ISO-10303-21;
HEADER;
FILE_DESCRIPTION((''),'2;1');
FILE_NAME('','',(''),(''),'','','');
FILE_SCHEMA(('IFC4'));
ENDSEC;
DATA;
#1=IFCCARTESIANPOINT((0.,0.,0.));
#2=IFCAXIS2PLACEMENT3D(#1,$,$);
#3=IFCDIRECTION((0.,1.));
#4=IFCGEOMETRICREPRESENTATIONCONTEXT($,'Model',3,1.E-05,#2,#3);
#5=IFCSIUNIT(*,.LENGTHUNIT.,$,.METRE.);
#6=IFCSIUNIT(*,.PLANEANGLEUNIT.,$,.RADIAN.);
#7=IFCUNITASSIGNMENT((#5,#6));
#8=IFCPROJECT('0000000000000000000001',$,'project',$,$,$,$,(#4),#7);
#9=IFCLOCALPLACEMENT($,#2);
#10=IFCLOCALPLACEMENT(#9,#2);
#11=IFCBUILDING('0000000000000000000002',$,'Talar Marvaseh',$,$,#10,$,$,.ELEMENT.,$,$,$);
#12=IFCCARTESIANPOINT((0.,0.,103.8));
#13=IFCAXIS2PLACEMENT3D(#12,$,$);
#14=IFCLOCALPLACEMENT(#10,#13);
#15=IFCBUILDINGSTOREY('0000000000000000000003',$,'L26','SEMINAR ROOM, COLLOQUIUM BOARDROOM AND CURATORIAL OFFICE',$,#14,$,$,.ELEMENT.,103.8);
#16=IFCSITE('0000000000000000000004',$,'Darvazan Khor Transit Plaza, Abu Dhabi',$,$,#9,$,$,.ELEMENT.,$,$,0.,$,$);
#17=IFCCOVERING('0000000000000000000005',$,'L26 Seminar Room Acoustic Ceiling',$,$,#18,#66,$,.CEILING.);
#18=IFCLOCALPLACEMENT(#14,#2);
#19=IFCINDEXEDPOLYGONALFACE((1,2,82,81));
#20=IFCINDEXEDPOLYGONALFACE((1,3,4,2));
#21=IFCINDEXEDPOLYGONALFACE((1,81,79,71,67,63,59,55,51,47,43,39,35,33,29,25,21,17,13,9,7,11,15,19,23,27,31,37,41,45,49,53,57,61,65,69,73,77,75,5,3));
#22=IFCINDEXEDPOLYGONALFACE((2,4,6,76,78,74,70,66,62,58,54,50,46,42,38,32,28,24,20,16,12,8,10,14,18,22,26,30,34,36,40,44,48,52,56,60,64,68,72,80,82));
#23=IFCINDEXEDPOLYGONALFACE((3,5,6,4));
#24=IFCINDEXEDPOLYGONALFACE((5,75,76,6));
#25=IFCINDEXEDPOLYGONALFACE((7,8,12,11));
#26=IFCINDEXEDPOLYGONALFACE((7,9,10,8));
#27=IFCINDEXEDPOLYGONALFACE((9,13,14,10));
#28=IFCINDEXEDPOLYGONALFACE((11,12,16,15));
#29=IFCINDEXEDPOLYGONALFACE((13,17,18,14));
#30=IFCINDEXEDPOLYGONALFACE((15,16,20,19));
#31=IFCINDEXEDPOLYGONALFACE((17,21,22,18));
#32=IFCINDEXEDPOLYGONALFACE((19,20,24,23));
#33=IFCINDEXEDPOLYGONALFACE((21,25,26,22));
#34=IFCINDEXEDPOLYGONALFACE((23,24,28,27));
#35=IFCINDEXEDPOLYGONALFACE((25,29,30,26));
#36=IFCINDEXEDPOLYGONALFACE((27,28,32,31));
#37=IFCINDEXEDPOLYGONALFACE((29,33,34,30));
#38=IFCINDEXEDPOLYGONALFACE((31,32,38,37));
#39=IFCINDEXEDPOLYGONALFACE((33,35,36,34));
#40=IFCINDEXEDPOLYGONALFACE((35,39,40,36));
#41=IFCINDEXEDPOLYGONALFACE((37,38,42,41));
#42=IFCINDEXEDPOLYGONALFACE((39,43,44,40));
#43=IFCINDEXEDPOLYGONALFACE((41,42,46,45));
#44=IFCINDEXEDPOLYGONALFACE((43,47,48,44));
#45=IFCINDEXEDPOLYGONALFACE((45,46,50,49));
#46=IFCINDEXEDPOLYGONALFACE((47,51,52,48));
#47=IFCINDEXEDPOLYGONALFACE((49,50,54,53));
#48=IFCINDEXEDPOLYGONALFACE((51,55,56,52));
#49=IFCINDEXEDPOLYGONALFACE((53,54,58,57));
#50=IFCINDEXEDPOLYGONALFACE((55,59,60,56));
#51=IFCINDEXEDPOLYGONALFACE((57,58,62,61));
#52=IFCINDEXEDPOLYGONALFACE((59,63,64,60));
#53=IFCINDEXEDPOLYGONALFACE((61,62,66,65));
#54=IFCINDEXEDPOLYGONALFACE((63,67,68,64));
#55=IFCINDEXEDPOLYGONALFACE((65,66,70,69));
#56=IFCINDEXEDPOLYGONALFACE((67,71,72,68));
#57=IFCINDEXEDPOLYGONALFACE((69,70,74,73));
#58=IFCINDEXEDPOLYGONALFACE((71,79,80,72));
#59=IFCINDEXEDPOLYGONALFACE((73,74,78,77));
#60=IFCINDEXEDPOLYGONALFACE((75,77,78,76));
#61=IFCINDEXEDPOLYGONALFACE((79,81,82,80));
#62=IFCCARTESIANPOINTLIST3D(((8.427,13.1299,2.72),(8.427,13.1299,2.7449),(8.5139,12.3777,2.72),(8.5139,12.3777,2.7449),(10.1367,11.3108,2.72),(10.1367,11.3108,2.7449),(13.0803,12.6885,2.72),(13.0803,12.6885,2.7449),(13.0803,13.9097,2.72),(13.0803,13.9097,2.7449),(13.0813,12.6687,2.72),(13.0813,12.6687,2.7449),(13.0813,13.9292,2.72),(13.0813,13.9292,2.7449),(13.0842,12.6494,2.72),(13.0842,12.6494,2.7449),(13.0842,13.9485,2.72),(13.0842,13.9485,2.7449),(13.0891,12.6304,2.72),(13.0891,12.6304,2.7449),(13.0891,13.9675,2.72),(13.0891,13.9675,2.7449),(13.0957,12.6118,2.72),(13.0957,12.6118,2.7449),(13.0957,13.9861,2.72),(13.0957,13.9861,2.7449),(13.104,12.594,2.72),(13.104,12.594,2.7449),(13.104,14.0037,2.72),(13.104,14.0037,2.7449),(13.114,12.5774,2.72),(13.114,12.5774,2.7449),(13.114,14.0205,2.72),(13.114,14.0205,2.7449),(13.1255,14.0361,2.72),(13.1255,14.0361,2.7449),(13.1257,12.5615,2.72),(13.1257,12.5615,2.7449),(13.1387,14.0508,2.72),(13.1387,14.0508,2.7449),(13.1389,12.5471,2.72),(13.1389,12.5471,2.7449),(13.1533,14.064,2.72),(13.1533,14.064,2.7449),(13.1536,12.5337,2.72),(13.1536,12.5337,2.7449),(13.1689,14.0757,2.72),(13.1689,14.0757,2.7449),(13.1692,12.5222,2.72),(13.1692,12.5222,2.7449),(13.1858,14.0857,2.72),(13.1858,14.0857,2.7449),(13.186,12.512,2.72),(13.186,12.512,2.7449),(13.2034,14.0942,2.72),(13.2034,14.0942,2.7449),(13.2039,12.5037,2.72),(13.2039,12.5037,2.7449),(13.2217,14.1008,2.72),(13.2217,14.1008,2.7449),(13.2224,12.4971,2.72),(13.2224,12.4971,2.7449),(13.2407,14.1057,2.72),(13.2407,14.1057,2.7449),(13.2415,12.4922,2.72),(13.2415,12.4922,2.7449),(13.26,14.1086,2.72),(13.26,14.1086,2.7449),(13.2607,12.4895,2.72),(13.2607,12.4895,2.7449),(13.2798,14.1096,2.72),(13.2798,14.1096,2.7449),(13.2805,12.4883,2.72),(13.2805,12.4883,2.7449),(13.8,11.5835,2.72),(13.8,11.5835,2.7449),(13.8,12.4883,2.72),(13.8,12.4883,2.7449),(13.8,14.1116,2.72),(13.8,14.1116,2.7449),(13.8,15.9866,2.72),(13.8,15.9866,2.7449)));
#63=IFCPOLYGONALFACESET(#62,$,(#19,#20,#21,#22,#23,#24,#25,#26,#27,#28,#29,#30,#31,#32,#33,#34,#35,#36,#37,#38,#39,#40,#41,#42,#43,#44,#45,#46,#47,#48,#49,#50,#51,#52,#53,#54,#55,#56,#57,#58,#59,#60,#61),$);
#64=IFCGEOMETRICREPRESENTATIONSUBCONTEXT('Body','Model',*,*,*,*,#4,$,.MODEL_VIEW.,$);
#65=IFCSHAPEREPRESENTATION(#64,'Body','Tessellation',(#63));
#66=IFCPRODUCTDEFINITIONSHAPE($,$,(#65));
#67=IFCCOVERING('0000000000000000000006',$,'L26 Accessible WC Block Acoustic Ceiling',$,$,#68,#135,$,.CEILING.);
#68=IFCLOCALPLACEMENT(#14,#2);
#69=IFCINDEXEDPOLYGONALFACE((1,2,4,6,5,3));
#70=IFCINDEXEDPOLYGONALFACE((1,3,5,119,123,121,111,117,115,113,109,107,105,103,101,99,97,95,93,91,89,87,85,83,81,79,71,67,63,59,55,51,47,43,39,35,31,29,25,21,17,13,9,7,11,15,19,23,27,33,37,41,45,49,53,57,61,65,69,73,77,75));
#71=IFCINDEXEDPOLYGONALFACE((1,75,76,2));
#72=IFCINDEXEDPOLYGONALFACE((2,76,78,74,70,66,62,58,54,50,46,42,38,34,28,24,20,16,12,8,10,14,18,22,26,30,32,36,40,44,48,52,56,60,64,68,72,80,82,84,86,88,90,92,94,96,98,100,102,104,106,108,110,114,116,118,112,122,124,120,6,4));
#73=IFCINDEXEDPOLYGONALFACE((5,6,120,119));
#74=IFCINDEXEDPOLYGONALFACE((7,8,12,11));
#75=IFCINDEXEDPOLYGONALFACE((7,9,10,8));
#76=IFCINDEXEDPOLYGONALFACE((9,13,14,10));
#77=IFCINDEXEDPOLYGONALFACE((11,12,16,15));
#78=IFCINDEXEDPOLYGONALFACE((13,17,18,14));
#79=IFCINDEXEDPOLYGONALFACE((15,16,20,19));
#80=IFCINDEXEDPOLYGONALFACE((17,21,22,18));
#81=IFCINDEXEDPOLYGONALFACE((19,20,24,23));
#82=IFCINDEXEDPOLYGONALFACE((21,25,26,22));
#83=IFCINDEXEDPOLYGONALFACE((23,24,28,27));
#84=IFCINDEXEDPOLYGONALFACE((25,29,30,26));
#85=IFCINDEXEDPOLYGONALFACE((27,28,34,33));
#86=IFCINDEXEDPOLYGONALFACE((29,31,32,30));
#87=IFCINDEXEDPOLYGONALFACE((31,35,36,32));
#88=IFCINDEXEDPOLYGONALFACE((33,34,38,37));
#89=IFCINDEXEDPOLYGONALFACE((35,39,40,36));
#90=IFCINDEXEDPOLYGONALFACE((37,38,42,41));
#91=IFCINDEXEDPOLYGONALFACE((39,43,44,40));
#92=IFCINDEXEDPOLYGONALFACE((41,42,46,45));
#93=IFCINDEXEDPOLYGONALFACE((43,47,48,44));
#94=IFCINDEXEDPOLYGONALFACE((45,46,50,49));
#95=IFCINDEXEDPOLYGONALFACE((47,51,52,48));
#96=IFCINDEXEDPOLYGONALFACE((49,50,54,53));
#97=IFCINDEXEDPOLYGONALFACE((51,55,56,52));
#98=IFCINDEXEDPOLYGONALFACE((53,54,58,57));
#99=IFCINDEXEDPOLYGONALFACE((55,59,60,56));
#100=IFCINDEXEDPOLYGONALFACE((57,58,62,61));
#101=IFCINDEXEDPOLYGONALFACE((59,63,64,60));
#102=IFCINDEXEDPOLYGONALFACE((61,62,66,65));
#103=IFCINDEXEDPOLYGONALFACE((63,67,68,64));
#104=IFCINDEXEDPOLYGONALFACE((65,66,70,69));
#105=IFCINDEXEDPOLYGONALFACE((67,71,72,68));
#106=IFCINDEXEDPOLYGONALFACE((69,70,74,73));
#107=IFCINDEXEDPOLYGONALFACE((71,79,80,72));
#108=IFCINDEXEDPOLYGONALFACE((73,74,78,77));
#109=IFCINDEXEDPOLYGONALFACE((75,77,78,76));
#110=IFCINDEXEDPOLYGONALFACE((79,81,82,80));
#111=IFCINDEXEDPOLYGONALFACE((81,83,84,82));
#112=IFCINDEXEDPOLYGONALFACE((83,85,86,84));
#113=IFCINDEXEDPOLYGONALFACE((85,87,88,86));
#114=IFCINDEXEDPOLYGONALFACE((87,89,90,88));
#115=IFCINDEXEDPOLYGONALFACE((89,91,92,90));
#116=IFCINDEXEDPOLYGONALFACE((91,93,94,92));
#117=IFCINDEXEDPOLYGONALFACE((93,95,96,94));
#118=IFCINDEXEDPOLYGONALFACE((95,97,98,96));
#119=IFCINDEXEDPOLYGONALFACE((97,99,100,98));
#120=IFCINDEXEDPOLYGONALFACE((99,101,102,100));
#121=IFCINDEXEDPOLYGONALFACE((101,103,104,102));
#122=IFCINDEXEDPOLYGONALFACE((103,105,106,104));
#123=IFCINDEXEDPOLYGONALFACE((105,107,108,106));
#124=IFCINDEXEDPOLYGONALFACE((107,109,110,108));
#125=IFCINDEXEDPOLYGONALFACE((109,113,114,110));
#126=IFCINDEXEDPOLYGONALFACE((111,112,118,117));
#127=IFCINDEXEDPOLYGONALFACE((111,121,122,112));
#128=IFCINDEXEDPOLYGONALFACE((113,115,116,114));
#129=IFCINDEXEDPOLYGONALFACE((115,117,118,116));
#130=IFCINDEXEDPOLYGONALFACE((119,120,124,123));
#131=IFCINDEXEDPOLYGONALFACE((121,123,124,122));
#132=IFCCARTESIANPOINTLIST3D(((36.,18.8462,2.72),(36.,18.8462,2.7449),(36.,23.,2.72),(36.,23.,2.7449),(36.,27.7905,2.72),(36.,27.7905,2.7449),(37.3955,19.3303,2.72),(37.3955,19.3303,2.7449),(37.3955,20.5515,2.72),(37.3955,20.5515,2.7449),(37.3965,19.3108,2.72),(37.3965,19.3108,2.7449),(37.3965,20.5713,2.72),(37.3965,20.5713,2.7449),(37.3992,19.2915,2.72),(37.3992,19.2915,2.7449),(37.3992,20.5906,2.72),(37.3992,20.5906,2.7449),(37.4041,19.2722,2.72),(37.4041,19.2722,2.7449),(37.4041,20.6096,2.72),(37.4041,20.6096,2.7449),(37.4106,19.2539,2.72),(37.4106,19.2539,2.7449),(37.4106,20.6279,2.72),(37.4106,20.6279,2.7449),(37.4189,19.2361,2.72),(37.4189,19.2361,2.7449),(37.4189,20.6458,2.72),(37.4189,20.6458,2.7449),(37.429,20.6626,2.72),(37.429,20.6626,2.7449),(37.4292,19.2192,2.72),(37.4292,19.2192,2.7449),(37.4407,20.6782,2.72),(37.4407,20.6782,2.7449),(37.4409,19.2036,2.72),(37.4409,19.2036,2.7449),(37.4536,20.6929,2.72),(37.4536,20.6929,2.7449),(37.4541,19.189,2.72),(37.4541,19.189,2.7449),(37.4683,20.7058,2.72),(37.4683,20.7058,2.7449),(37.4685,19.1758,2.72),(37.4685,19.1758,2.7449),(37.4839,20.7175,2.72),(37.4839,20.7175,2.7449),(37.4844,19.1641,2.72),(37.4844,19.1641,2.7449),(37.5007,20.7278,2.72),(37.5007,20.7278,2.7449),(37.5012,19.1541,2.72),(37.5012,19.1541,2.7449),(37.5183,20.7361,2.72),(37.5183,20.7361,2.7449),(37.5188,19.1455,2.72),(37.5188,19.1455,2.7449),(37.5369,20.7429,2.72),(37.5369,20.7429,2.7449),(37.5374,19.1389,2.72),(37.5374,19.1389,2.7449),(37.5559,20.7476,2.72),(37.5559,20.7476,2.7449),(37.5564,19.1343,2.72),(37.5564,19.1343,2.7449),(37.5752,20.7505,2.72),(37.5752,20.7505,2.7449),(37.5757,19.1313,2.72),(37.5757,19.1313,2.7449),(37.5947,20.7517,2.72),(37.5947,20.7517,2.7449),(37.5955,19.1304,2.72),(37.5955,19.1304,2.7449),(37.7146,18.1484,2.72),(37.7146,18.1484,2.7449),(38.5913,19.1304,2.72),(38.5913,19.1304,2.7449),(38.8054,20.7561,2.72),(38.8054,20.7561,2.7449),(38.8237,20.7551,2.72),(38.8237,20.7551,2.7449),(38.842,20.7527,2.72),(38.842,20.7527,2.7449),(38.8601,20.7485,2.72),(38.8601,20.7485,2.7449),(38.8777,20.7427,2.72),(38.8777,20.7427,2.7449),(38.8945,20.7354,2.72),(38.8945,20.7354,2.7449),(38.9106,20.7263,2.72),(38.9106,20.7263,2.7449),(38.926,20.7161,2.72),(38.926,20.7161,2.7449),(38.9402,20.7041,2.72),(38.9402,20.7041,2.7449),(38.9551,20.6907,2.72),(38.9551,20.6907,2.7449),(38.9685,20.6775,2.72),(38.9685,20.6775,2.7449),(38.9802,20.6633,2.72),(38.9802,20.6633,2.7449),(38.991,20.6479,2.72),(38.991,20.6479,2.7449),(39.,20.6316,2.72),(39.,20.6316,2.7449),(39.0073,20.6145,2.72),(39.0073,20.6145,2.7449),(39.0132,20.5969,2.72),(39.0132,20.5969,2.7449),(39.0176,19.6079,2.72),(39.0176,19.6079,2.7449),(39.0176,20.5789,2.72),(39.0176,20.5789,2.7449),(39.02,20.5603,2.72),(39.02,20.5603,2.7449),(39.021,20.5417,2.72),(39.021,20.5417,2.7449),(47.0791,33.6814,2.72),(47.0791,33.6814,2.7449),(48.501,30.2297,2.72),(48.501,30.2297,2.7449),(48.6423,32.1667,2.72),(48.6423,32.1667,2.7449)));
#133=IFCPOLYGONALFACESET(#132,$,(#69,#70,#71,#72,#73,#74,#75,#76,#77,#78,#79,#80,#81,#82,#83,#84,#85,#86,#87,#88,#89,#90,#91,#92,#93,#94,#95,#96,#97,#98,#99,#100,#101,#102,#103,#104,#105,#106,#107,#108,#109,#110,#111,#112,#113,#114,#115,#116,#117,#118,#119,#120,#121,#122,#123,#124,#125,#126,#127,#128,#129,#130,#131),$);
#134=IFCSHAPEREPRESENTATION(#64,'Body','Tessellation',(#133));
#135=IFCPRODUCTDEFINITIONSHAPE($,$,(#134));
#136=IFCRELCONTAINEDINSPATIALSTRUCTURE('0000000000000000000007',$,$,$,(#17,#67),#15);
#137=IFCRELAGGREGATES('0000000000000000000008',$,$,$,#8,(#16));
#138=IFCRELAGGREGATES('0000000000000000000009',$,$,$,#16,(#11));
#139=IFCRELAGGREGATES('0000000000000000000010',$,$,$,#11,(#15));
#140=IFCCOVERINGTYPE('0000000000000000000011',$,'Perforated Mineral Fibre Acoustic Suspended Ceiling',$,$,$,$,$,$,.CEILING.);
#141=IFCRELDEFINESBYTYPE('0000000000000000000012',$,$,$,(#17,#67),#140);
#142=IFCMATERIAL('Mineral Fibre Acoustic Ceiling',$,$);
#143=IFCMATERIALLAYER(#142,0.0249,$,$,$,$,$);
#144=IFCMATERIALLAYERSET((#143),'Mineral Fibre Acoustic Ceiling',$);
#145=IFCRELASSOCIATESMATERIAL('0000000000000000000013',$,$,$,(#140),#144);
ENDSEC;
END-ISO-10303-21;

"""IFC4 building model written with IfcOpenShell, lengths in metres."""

from ifc_helpers import new_model, si_unit, direction, frame, origin, place, context, subcontext, project, spatial, polyline, outline, extrude, material, layer, layer_set, type_object, element, save


model = new_model("IFC4")

# Units and contexts
model_context = context("Model", 3, precision=1e-05, world=origin(), true_north=direction((0.0, 1.0)))
body_context = subcontext(model_context, "Body", "Model", "MODEL_VIEW")
ifc_project = project(units=[si_unit("LENGTHUNIT", "METRE"), si_unit("PLANEANGLEUNIT", "RADIAN")], contexts=[model_context])

# Site, building, storey
site_placement = place(None, origin())
site = spatial("IfcSite", under=ifc_project, at=site_placement, Name="Darvazan Khor Transit Plaza, Abu Dhabi", CompositionType="ELEMENT", RefElevation=0.0)
building_placement = place(site_placement, origin())
building = spatial("IfcBuilding", under=site, at=building_placement, Name="Talar Marvaseh", CompositionType="ELEMENT")
storey_placement = place(building_placement, frame((0.0, 0.0, 103.8)))
storey = spatial("IfcBuildingStorey", under=building, at=storey_placement, Name="L26", Description="SEMINAR ROOM, COLLOQUIUM BOARDROOM AND CURATORIAL OFFICE", CompositionType="ELEMENT", Elevation=103.8)

# Coverings
ifc_material_1 = material(Name="Mineral Fibre Acoustic Ceiling")
ifc_layer_1 = layer(ifc_material_1, 0.0249)
ifc_layer_set_1 = layer_set([ifc_layer_1], Name="Mineral Fibre Acoustic Ceiling")
covering_type_1 = type_object("IfcCoveringType", Name="Perforated Mineral Fibre Acoustic Suspended Ceiling", PredefinedType="CEILING", material=ifc_layer_set_1)
covering_1_placement = place(storey_placement, frame((0.0, 0.0, 2.72)))
element("IfcCovering", 1, at=covering_1_placement, inside=storey, type_object=covering_type_1, Name="L26 Seminar Room Acoustic Ceiling", PredefinedType="CEILING", context=body_context, shape_type="SweptSolid", body=[
    extrude(outline(polyline([(13.8, 15.9866), (13.8, 14.1116), (13.2798, 14.1096), (13.26, 14.1086), (13.2407, 14.1057), (13.2217, 14.1008), (13.2034, 14.0942), (13.1858, 14.0857), (13.1689, 14.0757), (13.1533, 14.064), (13.1387, 14.0508), (13.1255, 14.0361), (13.114, 14.0205), (13.104, 14.0037), (13.0957, 13.9861), (13.0891, 13.9675), (13.0842, 13.9485), (13.0813, 13.9292), (13.0803, 13.9097), (13.0803, 12.6885), (13.0813, 12.6687), (13.0842, 12.6494), (13.0891, 12.6304), (13.0957, 12.6118), (13.104, 12.594), (13.114, 12.5774), (13.1257, 12.5615), (13.1389, 12.5471), (13.1536, 12.5337), (13.1692, 12.5222), (13.186, 12.512), (13.2039, 12.5037), (13.2224, 12.4971), (13.2415, 12.4922), (13.2607, 12.4895), (13.2805, 12.4883), (13.8, 12.4883), (13.8, 11.5835), (10.1367, 11.3108), (8.5139, 12.3777), (8.427, 13.1299), (13.8, 15.9866)])), origin(), (0.0, 0.0, 1.0), 0.0249),
])
covering_2_placement = place(storey_placement, frame((0.0, 0.0, 2.72)))
element("IfcCovering", 2, at=covering_2_placement, inside=storey, type_object=covering_type_1, Name="L26 Accessible WC Block Acoustic Ceiling", PredefinedType="CEILING", context=body_context, shape_type="SweptSolid", body=[
    extrude(outline(polyline([(36.0, 18.8462), (36.0, 23.0), (36.0, 27.7905), (47.0791, 33.6814), (48.6423, 32.1667), (48.501, 30.2297), (39.0176, 19.6079), (39.021, 20.5417), (39.02, 20.5603), (39.0176, 20.5789), (39.0132, 20.5969), (39.0073, 20.6145), (39.0, 20.6316), (38.991, 20.6479), (38.9802, 20.6633), (38.9685, 20.6775), (38.9551, 20.6907), (38.9402, 20.7041), (38.926, 20.7161), (38.9106, 20.7263), (38.8945, 20.7354), (38.8777, 20.7427), (38.8601, 20.7485), (38.842, 20.7527), (38.8237, 20.7551), (38.8054, 20.7561), (37.5947, 20.7517), (37.5752, 20.7505), (37.5559, 20.7476), (37.5369, 20.7429), (37.5183, 20.7361), (37.5007, 20.7278), (37.4839, 20.7175), (37.4683, 20.7058), (37.4536, 20.6929), (37.4407, 20.6782), (37.429, 20.6626), (37.4189, 20.6458), (37.4106, 20.6279), (37.4041, 20.6096), (37.3992, 20.5906), (37.3965, 20.5713), (37.3955, 20.5515), (37.3955, 19.3303), (37.3965, 19.3108), (37.3992, 19.2915), (37.4041, 19.2722), (37.4106, 19.2539), (37.4189, 19.2361), (37.4292, 19.2192), (37.4409, 19.2036), (37.4541, 19.189), (37.4685, 19.1758), (37.4844, 19.1641), (37.5012, 19.1541), (37.5188, 19.1455), (37.5374, 19.1389), (37.5564, 19.1343), (37.5757, 19.1313), (37.5955, 19.1304), (38.5913, 19.1304), (37.7146, 18.1484), (36.0, 18.8462)])), origin(), (0.0, 0.0, 1.0), 0.0249),
])

save(model, "model.ifc")
